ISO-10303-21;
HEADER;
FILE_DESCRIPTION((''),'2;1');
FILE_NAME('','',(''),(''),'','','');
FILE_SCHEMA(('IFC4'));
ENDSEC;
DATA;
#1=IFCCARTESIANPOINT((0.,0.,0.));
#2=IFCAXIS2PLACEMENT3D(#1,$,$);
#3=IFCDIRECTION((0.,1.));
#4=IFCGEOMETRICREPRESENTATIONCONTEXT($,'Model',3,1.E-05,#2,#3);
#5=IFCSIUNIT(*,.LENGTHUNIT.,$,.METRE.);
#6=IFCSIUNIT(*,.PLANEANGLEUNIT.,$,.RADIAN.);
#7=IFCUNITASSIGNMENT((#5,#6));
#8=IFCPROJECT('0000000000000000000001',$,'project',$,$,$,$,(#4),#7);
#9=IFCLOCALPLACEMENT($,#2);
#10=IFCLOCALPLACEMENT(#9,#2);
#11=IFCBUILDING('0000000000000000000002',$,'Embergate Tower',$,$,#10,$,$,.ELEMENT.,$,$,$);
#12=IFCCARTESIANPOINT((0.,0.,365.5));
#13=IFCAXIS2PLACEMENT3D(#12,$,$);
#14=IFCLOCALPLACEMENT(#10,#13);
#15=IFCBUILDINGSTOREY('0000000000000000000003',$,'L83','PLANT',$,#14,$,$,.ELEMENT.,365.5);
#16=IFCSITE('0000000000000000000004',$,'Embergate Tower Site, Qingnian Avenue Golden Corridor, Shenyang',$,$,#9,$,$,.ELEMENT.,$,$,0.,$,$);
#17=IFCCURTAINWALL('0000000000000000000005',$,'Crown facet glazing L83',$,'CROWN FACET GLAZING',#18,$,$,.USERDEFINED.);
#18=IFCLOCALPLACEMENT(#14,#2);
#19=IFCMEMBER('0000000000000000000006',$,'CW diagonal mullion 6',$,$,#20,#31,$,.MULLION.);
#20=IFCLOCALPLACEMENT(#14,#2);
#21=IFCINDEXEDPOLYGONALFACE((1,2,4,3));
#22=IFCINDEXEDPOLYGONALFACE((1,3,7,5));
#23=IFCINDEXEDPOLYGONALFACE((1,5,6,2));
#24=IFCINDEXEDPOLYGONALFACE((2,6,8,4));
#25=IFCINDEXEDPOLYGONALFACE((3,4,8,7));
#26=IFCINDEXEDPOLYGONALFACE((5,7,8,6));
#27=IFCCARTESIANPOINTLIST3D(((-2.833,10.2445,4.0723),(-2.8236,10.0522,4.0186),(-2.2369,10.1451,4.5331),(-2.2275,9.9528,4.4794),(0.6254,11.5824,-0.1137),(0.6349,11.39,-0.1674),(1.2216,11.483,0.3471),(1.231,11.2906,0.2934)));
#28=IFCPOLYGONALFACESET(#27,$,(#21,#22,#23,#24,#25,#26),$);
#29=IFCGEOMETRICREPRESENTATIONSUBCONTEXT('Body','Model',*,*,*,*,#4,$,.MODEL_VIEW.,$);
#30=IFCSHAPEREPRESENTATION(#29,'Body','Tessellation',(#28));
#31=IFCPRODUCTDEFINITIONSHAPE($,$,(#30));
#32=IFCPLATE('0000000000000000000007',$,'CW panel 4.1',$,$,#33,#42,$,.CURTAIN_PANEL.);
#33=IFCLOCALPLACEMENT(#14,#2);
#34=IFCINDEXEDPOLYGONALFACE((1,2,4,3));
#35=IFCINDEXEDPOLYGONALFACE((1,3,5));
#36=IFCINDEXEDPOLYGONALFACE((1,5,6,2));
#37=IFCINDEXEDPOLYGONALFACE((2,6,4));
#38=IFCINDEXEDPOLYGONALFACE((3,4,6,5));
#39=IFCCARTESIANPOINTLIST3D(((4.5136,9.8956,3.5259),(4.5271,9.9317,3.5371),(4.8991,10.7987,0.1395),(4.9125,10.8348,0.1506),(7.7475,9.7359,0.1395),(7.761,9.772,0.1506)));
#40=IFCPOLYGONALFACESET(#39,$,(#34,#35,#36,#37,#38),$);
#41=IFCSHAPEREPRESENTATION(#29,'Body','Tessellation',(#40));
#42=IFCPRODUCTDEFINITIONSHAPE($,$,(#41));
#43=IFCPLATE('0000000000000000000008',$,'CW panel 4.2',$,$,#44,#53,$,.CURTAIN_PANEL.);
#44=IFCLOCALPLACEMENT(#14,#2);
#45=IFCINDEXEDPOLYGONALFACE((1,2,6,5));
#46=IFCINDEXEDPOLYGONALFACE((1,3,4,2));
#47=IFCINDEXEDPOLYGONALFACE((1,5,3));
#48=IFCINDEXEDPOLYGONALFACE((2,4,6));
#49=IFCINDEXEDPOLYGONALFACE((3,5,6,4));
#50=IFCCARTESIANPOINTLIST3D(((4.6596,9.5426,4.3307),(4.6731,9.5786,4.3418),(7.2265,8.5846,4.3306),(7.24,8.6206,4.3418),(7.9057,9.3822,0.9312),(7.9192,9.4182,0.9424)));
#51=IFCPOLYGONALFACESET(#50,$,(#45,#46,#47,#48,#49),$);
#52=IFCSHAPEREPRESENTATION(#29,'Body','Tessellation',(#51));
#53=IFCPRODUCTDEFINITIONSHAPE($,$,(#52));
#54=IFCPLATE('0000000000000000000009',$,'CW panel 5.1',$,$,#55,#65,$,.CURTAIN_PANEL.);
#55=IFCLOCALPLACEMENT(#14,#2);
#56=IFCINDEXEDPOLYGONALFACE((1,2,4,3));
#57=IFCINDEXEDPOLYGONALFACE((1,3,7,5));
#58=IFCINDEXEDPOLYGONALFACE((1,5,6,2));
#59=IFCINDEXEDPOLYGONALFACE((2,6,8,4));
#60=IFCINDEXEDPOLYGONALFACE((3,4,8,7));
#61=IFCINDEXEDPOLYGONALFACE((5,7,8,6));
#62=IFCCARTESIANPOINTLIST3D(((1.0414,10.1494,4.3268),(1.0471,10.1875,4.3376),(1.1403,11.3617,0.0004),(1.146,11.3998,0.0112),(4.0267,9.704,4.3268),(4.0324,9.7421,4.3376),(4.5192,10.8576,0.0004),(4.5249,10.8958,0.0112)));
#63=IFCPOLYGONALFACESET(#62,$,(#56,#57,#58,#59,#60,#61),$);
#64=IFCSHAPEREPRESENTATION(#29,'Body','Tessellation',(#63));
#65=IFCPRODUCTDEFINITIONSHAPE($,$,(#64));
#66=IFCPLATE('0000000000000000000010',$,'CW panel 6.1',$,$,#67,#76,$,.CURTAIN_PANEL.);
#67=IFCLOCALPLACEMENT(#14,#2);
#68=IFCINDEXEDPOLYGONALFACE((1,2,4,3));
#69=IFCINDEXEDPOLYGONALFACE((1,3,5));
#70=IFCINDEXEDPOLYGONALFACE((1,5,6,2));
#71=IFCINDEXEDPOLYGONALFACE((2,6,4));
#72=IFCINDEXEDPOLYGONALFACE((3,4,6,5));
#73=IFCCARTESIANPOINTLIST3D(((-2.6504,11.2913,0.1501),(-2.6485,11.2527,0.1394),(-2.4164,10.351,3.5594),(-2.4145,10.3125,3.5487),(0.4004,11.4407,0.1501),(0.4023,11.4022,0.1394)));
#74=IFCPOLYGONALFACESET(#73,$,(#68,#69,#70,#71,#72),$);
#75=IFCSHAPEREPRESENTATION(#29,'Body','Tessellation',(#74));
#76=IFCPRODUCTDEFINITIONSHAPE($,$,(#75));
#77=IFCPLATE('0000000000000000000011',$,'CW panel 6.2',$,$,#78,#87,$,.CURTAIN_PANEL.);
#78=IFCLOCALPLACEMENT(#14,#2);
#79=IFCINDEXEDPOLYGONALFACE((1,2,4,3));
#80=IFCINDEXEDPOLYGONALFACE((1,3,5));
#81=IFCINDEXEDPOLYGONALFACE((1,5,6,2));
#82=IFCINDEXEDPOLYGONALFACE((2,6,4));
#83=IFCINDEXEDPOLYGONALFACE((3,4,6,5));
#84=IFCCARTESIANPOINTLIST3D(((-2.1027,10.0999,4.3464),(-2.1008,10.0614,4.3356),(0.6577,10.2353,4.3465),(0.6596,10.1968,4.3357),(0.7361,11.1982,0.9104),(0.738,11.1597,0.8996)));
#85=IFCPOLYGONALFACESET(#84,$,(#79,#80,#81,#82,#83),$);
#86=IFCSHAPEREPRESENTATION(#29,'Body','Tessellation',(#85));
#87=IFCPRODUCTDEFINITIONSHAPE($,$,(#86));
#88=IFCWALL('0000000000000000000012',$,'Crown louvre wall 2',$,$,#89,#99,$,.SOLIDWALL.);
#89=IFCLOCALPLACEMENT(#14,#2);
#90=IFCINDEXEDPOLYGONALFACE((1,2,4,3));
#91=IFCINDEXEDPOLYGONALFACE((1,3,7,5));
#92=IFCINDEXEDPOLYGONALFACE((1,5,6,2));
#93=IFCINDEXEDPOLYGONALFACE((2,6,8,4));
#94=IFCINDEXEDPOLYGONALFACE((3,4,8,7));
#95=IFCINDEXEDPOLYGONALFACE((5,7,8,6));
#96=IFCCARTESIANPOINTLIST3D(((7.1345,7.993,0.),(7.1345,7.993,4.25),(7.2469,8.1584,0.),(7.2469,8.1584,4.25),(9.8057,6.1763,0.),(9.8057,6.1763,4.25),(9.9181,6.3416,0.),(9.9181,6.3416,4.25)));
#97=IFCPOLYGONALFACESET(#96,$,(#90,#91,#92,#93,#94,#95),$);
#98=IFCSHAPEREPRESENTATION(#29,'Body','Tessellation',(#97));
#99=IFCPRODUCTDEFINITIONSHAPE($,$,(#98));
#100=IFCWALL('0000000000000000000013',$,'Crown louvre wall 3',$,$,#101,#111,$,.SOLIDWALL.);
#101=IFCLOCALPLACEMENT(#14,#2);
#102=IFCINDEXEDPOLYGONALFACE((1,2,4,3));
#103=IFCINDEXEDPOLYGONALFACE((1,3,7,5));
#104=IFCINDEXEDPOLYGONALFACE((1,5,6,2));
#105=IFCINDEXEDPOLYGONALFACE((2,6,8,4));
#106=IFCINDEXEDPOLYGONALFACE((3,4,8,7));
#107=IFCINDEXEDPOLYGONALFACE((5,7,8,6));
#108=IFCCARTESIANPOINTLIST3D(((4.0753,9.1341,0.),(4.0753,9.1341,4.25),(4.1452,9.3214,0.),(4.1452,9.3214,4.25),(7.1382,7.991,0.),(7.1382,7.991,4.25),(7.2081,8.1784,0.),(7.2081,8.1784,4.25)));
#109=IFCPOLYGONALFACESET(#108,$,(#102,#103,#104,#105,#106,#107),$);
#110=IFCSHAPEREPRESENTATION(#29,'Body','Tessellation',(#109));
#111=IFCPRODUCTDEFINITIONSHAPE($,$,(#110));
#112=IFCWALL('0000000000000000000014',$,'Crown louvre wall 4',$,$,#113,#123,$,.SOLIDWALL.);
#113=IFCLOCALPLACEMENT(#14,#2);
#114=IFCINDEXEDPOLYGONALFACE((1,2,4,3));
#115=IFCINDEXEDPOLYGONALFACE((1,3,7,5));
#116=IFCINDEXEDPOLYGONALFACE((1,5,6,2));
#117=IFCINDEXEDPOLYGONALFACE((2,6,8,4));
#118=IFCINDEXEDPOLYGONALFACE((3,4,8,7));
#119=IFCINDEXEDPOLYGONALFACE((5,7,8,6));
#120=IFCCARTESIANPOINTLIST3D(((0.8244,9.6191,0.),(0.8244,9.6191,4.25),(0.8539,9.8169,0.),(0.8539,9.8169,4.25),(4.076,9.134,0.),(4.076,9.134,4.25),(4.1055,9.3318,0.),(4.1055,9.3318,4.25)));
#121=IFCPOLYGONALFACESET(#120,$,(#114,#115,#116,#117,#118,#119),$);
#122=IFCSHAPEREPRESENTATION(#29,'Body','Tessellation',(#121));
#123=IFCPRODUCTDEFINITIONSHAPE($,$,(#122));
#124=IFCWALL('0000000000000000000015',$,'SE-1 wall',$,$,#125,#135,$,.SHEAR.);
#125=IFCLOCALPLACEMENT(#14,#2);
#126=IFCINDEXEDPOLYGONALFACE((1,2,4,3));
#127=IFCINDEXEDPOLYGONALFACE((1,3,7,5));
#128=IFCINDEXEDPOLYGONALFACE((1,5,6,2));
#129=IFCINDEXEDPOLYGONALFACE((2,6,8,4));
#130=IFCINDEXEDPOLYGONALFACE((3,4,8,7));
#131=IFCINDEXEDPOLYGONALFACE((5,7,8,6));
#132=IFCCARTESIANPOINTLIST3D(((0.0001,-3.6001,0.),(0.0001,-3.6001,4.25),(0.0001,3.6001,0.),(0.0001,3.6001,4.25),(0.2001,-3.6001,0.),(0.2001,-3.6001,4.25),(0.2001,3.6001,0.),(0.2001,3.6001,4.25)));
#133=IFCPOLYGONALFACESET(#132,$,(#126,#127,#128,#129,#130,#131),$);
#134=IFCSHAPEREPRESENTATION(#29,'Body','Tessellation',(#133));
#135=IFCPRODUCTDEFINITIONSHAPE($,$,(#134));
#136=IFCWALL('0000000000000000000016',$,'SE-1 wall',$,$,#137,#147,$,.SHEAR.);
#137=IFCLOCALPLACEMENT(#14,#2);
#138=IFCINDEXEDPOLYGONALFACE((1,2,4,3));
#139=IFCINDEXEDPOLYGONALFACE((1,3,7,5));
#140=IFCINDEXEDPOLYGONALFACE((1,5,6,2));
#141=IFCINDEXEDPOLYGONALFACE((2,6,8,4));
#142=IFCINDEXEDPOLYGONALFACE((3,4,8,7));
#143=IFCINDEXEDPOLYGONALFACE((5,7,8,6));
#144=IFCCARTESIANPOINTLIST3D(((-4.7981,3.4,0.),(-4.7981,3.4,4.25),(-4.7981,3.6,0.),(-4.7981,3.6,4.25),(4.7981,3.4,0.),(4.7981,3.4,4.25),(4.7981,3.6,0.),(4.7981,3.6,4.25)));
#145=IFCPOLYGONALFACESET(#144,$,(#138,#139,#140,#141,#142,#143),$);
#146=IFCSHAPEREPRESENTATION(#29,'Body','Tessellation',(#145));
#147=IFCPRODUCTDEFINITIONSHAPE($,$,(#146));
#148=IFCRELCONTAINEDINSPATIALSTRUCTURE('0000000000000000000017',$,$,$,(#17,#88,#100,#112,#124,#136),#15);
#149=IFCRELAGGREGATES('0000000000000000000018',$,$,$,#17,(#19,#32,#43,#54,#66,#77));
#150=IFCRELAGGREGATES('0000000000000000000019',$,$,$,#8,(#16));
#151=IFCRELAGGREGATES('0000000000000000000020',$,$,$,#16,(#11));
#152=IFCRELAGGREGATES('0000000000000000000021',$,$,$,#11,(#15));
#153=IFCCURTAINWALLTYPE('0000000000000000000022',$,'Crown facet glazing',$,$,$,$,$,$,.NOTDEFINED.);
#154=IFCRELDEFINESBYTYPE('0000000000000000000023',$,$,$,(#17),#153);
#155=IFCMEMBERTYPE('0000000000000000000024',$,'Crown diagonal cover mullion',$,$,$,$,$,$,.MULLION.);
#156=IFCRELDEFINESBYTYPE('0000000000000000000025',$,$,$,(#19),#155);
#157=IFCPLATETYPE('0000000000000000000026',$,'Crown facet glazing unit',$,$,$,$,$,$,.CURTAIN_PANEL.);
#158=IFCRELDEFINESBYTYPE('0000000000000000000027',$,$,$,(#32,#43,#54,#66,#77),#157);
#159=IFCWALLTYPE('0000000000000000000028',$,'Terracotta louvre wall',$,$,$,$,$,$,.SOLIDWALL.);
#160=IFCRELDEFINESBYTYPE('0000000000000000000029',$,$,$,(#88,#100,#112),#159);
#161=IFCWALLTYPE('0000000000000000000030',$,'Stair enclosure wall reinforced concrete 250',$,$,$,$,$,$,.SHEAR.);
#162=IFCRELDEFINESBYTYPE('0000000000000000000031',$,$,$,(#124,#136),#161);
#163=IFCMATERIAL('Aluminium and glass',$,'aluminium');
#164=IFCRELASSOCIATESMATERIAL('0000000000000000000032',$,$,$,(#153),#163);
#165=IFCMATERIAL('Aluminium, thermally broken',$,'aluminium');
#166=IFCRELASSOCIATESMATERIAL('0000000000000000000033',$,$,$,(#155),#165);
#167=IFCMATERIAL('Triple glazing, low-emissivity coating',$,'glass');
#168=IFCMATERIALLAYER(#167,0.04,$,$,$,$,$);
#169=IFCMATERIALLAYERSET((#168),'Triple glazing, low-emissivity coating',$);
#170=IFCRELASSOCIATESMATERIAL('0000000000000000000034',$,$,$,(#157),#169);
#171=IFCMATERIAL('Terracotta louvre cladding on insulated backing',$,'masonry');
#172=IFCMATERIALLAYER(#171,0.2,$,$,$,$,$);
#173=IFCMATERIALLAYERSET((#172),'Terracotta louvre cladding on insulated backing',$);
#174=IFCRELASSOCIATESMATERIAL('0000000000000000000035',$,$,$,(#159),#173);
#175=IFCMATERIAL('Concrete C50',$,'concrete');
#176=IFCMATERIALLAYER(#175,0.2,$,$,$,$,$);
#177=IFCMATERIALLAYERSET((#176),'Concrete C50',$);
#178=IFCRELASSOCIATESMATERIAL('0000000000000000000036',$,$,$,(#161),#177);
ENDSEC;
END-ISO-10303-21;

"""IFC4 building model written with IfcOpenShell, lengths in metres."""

from ifc_helpers import new_model, si_unit, direction, frame, frame_2d, origin, origin_2d, place, context, subcontext, project, spatial, polyline, rectangle, outline, extrude, source, transform, mapped, material, layer, layer_set, material_profile, profile_set, type_object, element, aggregate, save


model = new_model("IFC4")

# Units and contexts
model_context = context("Model", 3, precision=1e-05, world=origin(), true_north=direction((0.0, 1.0)))
body_context = subcontext(model_context, "Body", "Model", "MODEL_VIEW")
ifc_project = project(units=[si_unit("LENGTHUNIT", "METRE"), si_unit("PLANEANGLEUNIT", "RADIAN")], contexts=[model_context])

# Site, building, storey
site_placement = place(None, origin())
site = spatial("IfcSite", under=ifc_project, at=site_placement, Name="Embergate Tower Site, Qingnian Avenue Golden Corridor, Shenyang", CompositionType="ELEMENT", RefElevation=0.0)
building_placement = place(site_placement, origin())
building = spatial("IfcBuilding", under=site, at=building_placement, Name="Embergate Tower", CompositionType="ELEMENT")
storey_placement = place(building_placement, frame((0.0, 0.0, 365.5)))
storey = spatial("IfcBuildingStorey", under=building, at=storey_placement, Name="L83", Description="PLANT", CompositionType="ELEMENT", Elevation=365.5)

# Curtain wall, member, plates
ifc_material_1 = material(Name="Aluminium and glass", Category="aluminium")
curtain_wall_type = type_object("IfcCurtainWallType", Name="Crown facet glazing", PredefinedType="NOTDEFINED", material=ifc_material_1)
curtain_wall_placement = place(storey_placement, origin())
curtain_wall = element("IfcCurtainWall", 1, at=curtain_wall_placement, inside=storey, type_object=curtain_wall_type, Name="Crown facet glazing L83", ObjectType="CROWN FACET GLAZING", PredefinedType="USERDEFINED")
ifc_material_2 = material(Name="Aluminium, thermally broken", Category="aluminium")
ifc_material_profile_1 = material_profile(ifc_material_2, rectangle(XDim=0.2, YDim=0.76, at=origin_2d()), Name="AL 760x200")
ifc_profile_set_1 = profile_set([ifc_material_profile_1], Name="Aluminium, thermally broken")
member_type_1 = type_object("IfcMemberType", Name="Crown diagonal cover mullion", PredefinedType="MULLION", material=ifc_profile_set_1)
shared_shape_1 = source(origin(), body_context, "Body", "SweptSolid", [
    extrude(rectangle(XDim=0.2, YDim=0.76, at=origin_2d()), origin(), (0.0, 0.0, 1.0), 5.5923),
])
member_1_placement = place(storey_placement, frame((0.9282, 11.4365, 0.0898), z_axis=(-0.618437, -0.239237, 0.748533), x_axis=(-0.047141, 0.962111, 0.268551)))
member_1 = element("IfcMember", 2, at=member_1_placement, type_object=member_type_1, Name="CW diagonal mullion 6", PredefinedType="MULLION", context=body_context, shape_type="MappedRepresentation", body=[
    mapped(shared_shape_1, transform((0.0, 0.0, 0.0))),
])
ifc_material_3 = material(Name="Triple glazing, low-emissivity coating", Category="glass")
ifc_layer_1 = layer(ifc_material_3, 0.04)
ifc_layer_set_1 = layer_set([ifc_layer_1], Name="Triple glazing, low-emissivity coating")
plate_type = type_object("IfcPlateType", Name="Crown facet glazing unit", PredefinedType="CURTAIN_PANEL", material=ifc_layer_set_1)
shared_shape_2 = source(origin(), body_context, "Body", "SweptSolid", [
    extrude(outline(polyline([(0.0, 0.0), (3.0403, 0.0), (3.0857, 3.5256), (0.0, 0.0)])), origin(), (0.0, 0.0, -1.0), 0.04),
])
plate_1_placement = place(storey_placement, frame((7.761, 9.772, 0.1506), z_axis=(0.335765, 0.899924, 0.278206), x_axis=(-0.936912, 0.349565, 0.0)))
plate_1 = element("IfcPlate", 3, at=plate_1_placement, type_object=plate_type, Name="CW panel 4.1", PredefinedType="CURTAIN_PANEL", context=body_context, shape_type="MappedRepresentation", body=[
    mapped(shared_shape_2, transform((0.0, 0.0, 0.0))),
])
shared_shape_3 = source(origin(), body_context, "Body", "SweptSolid", [
    extrude(outline(polyline([(0.0, 0.0), (4.7031, 0.0), (2.8987, 2.0618), (0.0, 0.0)])), origin(), (0.0, 0.0, -1.0), 0.04),
])
plate_2_placement = place(storey_placement, frame((7.9192, 9.4182, 0.9424), z_axis=(0.335851, 0.899881, 0.278242), x_axis=(-0.690207, 0.034105, 0.722807)))
plate_2 = element("IfcPlate", 4, at=plate_2_placement, type_object=plate_type, Name="CW panel 4.2", PredefinedType="CURTAIN_PANEL", context=body_context, shape_type="MappedRepresentation", body=[
    mapped(shared_shape_3, transform((0.0, 0.0, 0.0))),
])
shared_shape_4 = source(origin(), body_context, "Body", "SweptSolid", [
    extrude(outline(polyline([(0.0, 0.0), (3.4163, 0.0), (3.3352, 4.4934), (0.3169, 4.4934), (0.0, 0.0)])), origin(), (0.0, 0.0, -1.0), 0.04),
])
plate_3_placement = place(storey_placement, frame((4.5249, 10.8958, 0.0112), z_axis=(0.14207, 0.952294, 0.270097), x_axis=(-0.989054, 0.147555, -0.000005)))
plate_3 = element("IfcPlate", 5, at=plate_3_placement, type_object=plate_type, Name="CW panel 5.1", PredefinedType="CURTAIN_PANEL", context=body_context, shape_type="MappedRepresentation", body=[
    mapped(shared_shape_4, transform((0.0, 0.0, 0.0))),
])
shared_shape_5 = source(origin(), body_context, "Body", "SweptSolid", [
    extrude(outline(polyline([(0.0, 0.0), (3.0544, 0.0), (2.8667, 3.5393), (0.0, 0.0)])), origin(), (0.0, 0.0, -1.0), 0.04),
])
plate_4_placement = place(storey_placement, frame((0.4004, 11.4407, 0.1501), z_axis=(-0.04712, 0.962108, 0.268567), x_axis=(-0.998803, -0.048917, 0.0)))
plate_4 = element("IfcPlate", 6, at=plate_4_placement, type_object=plate_type, Name="CW panel 6.1", PredefinedType="CURTAIN_PANEL", context=body_context, shape_type="MappedRepresentation", body=[
    mapped(shared_shape_5, transform((0.0, 0.0, 0.0))),
])
shared_shape_6 = source(origin(), body_context, "Body", "SweptSolid", [
    extrude(outline(polyline([(0.0, 0.0), (4.5903, 0.0), (2.8508, 2.1477), (0.0, 0.0)])), origin(), (0.0, 0.0, -1.0), 0.04),
])
plate_5_placement = place(storey_placement, frame((0.7361, 11.1982, 0.9104), z_axis=(-0.047225, 0.962111, 0.268538), x_axis=(-0.618433, -0.239278, 0.748523)))
plate_5 = element("IfcPlate", 7, at=plate_5_placement, type_object=plate_type, Name="CW panel 6.2", PredefinedType="CURTAIN_PANEL", context=body_context, shape_type="MappedRepresentation", body=[
    mapped(shared_shape_6, transform((0.0, 0.0, 0.0))),
])
aggregate(curtain_wall, [member_1, plate_1, plate_2, plate_3, plate_4, plate_5])

# Walls
ifc_material_4 = material(Name="Terracotta louvre cladding on insulated backing", Category="masonry")
ifc_layer_2 = layer(ifc_material_4, 0.2)
ifc_layer_set_2 = layer_set([ifc_layer_2], Name="Terracotta louvre cladding on insulated backing")
wall_type_1 = type_object("IfcWallType", Name="Terracotta louvre wall", PredefinedType="SOLIDWALL", material=ifc_layer_set_2)
shared_shape_7 = source(origin(), body_context, "Body", "SweptSolid", [
    extrude(rectangle(XDim=3.2305, YDim=0.2, at=frame_2d((1.6152, 0.0))), origin(), (0.0, 0.0, 1.0), 4.25),
])
wall_1_placement = place(storey_placement, frame((7.1907, 8.0757, 0.0), z_axis=(0.0, 0.0, 1.0), x_axis=(0.826887, -0.562368, 0.0)))
element("IfcWall", 8, at=wall_1_placement, inside=storey, type_object=wall_type_1, Name="Crown louvre wall 2", PredefinedType="SOLIDWALL", context=body_context, shape_type="MappedRepresentation", body=[
    mapped(shared_shape_7, transform((0.0, 0.0, 0.0))),
])
shared_shape_8 = source(origin(), body_context, "Body", "SweptSolid", [
    extrude(rectangle(XDim=3.2693, YDim=0.2, at=frame_2d((1.6348, 0.0))), origin(), (0.0, 0.0, 1.0), 4.25),
])
wall_2_placement = place(storey_placement, frame((4.1101, 9.2278, 0.0), z_axis=(0.0, 0.0, 1.0), x_axis=(0.936887, -0.349634, 0.0)))
element("IfcWall", 9, at=wall_2_placement, inside=storey, type_object=wall_type_1, Name="Crown louvre wall 3", PredefinedType="SOLIDWALL", context=body_context, shape_type="MappedRepresentation", body=[
    mapped(shared_shape_8, transform((0.0, 0.0, 0.0))),
])
shared_shape_9 = source(origin(), body_context, "Body", "SweptSolid", [
    extrude(rectangle(XDim=3.2876, YDim=0.2, at=frame_2d((1.6438, 0.0))), origin(), (0.0, 0.0, 1.0), 4.25),
])
wall_3_placement = place(storey_placement, frame((0.8391, 9.718, 0.0), z_axis=(0.0, 0.0, 1.0), x_axis=(0.989054, -0.147552, 0.0)))
element("IfcWall", 10, at=wall_3_placement, inside=storey, type_object=wall_type_1, Name="Crown louvre wall 4", PredefinedType="SOLIDWALL", context=body_context, shape_type="MappedRepresentation", body=[
    mapped(shared_shape_9, transform((0.0, 0.0, 0.0))),
])
ifc_material_5 = material(Name="Concrete C50", Category="concrete")
ifc_layer_3 = layer(ifc_material_5, 0.2)
ifc_layer_set_3 = layer_set([ifc_layer_3], Name="Concrete C50")
wall_type_2 = type_object("IfcWallType", Name="Stair enclosure wall reinforced concrete 250", PredefinedType="SHEAR", material=ifc_layer_set_3)
shared_shape_10 = source(origin(), body_context, "Body", "SweptSolid", [
    extrude(rectangle(XDim=7.2002, YDim=0.2, at=frame_2d((3.6001, 0.0))), origin(), (0.0, 0.0, 1.0), 4.25),
])
wall_4_placement = place(storey_placement, frame((0.1001, 3.6001, 0.0), z_axis=(0.0, 0.0, 1.0), x_axis=(0.0, -1.0, 0.0)))
element("IfcWall", 11, at=wall_4_placement, inside=storey, type_object=wall_type_2, Name="SE-1 wall", PredefinedType="SHEAR", context=body_context, shape_type="MappedRepresentation", body=[
    mapped(shared_shape_10, transform((0.0, 0.0, 0.0))),
])
shared_shape_11 = source(origin(), body_context, "Body", "SweptSolid", [
    extrude(rectangle(XDim=9.5962, YDim=0.2, at=frame_2d((4.7981, 0.0))), origin(), (0.0, 0.0, 1.0), 4.25),
])
wall_5_placement = place(storey_placement, frame((4.7981, 3.5, 0.0), z_axis=(0.0, 0.0, 1.0), x_axis=(-1.0, 0.0, 0.0)))
element("IfcWall", 12, at=wall_5_placement, inside=storey, type_object=wall_type_2, Name="SE-1 wall", PredefinedType="SHEAR", context=body_context, shape_type="MappedRepresentation", body=[
    mapped(shared_shape_11, transform((0.0, 0.0, 0.0))),
])

save(model, "model.ifc")
